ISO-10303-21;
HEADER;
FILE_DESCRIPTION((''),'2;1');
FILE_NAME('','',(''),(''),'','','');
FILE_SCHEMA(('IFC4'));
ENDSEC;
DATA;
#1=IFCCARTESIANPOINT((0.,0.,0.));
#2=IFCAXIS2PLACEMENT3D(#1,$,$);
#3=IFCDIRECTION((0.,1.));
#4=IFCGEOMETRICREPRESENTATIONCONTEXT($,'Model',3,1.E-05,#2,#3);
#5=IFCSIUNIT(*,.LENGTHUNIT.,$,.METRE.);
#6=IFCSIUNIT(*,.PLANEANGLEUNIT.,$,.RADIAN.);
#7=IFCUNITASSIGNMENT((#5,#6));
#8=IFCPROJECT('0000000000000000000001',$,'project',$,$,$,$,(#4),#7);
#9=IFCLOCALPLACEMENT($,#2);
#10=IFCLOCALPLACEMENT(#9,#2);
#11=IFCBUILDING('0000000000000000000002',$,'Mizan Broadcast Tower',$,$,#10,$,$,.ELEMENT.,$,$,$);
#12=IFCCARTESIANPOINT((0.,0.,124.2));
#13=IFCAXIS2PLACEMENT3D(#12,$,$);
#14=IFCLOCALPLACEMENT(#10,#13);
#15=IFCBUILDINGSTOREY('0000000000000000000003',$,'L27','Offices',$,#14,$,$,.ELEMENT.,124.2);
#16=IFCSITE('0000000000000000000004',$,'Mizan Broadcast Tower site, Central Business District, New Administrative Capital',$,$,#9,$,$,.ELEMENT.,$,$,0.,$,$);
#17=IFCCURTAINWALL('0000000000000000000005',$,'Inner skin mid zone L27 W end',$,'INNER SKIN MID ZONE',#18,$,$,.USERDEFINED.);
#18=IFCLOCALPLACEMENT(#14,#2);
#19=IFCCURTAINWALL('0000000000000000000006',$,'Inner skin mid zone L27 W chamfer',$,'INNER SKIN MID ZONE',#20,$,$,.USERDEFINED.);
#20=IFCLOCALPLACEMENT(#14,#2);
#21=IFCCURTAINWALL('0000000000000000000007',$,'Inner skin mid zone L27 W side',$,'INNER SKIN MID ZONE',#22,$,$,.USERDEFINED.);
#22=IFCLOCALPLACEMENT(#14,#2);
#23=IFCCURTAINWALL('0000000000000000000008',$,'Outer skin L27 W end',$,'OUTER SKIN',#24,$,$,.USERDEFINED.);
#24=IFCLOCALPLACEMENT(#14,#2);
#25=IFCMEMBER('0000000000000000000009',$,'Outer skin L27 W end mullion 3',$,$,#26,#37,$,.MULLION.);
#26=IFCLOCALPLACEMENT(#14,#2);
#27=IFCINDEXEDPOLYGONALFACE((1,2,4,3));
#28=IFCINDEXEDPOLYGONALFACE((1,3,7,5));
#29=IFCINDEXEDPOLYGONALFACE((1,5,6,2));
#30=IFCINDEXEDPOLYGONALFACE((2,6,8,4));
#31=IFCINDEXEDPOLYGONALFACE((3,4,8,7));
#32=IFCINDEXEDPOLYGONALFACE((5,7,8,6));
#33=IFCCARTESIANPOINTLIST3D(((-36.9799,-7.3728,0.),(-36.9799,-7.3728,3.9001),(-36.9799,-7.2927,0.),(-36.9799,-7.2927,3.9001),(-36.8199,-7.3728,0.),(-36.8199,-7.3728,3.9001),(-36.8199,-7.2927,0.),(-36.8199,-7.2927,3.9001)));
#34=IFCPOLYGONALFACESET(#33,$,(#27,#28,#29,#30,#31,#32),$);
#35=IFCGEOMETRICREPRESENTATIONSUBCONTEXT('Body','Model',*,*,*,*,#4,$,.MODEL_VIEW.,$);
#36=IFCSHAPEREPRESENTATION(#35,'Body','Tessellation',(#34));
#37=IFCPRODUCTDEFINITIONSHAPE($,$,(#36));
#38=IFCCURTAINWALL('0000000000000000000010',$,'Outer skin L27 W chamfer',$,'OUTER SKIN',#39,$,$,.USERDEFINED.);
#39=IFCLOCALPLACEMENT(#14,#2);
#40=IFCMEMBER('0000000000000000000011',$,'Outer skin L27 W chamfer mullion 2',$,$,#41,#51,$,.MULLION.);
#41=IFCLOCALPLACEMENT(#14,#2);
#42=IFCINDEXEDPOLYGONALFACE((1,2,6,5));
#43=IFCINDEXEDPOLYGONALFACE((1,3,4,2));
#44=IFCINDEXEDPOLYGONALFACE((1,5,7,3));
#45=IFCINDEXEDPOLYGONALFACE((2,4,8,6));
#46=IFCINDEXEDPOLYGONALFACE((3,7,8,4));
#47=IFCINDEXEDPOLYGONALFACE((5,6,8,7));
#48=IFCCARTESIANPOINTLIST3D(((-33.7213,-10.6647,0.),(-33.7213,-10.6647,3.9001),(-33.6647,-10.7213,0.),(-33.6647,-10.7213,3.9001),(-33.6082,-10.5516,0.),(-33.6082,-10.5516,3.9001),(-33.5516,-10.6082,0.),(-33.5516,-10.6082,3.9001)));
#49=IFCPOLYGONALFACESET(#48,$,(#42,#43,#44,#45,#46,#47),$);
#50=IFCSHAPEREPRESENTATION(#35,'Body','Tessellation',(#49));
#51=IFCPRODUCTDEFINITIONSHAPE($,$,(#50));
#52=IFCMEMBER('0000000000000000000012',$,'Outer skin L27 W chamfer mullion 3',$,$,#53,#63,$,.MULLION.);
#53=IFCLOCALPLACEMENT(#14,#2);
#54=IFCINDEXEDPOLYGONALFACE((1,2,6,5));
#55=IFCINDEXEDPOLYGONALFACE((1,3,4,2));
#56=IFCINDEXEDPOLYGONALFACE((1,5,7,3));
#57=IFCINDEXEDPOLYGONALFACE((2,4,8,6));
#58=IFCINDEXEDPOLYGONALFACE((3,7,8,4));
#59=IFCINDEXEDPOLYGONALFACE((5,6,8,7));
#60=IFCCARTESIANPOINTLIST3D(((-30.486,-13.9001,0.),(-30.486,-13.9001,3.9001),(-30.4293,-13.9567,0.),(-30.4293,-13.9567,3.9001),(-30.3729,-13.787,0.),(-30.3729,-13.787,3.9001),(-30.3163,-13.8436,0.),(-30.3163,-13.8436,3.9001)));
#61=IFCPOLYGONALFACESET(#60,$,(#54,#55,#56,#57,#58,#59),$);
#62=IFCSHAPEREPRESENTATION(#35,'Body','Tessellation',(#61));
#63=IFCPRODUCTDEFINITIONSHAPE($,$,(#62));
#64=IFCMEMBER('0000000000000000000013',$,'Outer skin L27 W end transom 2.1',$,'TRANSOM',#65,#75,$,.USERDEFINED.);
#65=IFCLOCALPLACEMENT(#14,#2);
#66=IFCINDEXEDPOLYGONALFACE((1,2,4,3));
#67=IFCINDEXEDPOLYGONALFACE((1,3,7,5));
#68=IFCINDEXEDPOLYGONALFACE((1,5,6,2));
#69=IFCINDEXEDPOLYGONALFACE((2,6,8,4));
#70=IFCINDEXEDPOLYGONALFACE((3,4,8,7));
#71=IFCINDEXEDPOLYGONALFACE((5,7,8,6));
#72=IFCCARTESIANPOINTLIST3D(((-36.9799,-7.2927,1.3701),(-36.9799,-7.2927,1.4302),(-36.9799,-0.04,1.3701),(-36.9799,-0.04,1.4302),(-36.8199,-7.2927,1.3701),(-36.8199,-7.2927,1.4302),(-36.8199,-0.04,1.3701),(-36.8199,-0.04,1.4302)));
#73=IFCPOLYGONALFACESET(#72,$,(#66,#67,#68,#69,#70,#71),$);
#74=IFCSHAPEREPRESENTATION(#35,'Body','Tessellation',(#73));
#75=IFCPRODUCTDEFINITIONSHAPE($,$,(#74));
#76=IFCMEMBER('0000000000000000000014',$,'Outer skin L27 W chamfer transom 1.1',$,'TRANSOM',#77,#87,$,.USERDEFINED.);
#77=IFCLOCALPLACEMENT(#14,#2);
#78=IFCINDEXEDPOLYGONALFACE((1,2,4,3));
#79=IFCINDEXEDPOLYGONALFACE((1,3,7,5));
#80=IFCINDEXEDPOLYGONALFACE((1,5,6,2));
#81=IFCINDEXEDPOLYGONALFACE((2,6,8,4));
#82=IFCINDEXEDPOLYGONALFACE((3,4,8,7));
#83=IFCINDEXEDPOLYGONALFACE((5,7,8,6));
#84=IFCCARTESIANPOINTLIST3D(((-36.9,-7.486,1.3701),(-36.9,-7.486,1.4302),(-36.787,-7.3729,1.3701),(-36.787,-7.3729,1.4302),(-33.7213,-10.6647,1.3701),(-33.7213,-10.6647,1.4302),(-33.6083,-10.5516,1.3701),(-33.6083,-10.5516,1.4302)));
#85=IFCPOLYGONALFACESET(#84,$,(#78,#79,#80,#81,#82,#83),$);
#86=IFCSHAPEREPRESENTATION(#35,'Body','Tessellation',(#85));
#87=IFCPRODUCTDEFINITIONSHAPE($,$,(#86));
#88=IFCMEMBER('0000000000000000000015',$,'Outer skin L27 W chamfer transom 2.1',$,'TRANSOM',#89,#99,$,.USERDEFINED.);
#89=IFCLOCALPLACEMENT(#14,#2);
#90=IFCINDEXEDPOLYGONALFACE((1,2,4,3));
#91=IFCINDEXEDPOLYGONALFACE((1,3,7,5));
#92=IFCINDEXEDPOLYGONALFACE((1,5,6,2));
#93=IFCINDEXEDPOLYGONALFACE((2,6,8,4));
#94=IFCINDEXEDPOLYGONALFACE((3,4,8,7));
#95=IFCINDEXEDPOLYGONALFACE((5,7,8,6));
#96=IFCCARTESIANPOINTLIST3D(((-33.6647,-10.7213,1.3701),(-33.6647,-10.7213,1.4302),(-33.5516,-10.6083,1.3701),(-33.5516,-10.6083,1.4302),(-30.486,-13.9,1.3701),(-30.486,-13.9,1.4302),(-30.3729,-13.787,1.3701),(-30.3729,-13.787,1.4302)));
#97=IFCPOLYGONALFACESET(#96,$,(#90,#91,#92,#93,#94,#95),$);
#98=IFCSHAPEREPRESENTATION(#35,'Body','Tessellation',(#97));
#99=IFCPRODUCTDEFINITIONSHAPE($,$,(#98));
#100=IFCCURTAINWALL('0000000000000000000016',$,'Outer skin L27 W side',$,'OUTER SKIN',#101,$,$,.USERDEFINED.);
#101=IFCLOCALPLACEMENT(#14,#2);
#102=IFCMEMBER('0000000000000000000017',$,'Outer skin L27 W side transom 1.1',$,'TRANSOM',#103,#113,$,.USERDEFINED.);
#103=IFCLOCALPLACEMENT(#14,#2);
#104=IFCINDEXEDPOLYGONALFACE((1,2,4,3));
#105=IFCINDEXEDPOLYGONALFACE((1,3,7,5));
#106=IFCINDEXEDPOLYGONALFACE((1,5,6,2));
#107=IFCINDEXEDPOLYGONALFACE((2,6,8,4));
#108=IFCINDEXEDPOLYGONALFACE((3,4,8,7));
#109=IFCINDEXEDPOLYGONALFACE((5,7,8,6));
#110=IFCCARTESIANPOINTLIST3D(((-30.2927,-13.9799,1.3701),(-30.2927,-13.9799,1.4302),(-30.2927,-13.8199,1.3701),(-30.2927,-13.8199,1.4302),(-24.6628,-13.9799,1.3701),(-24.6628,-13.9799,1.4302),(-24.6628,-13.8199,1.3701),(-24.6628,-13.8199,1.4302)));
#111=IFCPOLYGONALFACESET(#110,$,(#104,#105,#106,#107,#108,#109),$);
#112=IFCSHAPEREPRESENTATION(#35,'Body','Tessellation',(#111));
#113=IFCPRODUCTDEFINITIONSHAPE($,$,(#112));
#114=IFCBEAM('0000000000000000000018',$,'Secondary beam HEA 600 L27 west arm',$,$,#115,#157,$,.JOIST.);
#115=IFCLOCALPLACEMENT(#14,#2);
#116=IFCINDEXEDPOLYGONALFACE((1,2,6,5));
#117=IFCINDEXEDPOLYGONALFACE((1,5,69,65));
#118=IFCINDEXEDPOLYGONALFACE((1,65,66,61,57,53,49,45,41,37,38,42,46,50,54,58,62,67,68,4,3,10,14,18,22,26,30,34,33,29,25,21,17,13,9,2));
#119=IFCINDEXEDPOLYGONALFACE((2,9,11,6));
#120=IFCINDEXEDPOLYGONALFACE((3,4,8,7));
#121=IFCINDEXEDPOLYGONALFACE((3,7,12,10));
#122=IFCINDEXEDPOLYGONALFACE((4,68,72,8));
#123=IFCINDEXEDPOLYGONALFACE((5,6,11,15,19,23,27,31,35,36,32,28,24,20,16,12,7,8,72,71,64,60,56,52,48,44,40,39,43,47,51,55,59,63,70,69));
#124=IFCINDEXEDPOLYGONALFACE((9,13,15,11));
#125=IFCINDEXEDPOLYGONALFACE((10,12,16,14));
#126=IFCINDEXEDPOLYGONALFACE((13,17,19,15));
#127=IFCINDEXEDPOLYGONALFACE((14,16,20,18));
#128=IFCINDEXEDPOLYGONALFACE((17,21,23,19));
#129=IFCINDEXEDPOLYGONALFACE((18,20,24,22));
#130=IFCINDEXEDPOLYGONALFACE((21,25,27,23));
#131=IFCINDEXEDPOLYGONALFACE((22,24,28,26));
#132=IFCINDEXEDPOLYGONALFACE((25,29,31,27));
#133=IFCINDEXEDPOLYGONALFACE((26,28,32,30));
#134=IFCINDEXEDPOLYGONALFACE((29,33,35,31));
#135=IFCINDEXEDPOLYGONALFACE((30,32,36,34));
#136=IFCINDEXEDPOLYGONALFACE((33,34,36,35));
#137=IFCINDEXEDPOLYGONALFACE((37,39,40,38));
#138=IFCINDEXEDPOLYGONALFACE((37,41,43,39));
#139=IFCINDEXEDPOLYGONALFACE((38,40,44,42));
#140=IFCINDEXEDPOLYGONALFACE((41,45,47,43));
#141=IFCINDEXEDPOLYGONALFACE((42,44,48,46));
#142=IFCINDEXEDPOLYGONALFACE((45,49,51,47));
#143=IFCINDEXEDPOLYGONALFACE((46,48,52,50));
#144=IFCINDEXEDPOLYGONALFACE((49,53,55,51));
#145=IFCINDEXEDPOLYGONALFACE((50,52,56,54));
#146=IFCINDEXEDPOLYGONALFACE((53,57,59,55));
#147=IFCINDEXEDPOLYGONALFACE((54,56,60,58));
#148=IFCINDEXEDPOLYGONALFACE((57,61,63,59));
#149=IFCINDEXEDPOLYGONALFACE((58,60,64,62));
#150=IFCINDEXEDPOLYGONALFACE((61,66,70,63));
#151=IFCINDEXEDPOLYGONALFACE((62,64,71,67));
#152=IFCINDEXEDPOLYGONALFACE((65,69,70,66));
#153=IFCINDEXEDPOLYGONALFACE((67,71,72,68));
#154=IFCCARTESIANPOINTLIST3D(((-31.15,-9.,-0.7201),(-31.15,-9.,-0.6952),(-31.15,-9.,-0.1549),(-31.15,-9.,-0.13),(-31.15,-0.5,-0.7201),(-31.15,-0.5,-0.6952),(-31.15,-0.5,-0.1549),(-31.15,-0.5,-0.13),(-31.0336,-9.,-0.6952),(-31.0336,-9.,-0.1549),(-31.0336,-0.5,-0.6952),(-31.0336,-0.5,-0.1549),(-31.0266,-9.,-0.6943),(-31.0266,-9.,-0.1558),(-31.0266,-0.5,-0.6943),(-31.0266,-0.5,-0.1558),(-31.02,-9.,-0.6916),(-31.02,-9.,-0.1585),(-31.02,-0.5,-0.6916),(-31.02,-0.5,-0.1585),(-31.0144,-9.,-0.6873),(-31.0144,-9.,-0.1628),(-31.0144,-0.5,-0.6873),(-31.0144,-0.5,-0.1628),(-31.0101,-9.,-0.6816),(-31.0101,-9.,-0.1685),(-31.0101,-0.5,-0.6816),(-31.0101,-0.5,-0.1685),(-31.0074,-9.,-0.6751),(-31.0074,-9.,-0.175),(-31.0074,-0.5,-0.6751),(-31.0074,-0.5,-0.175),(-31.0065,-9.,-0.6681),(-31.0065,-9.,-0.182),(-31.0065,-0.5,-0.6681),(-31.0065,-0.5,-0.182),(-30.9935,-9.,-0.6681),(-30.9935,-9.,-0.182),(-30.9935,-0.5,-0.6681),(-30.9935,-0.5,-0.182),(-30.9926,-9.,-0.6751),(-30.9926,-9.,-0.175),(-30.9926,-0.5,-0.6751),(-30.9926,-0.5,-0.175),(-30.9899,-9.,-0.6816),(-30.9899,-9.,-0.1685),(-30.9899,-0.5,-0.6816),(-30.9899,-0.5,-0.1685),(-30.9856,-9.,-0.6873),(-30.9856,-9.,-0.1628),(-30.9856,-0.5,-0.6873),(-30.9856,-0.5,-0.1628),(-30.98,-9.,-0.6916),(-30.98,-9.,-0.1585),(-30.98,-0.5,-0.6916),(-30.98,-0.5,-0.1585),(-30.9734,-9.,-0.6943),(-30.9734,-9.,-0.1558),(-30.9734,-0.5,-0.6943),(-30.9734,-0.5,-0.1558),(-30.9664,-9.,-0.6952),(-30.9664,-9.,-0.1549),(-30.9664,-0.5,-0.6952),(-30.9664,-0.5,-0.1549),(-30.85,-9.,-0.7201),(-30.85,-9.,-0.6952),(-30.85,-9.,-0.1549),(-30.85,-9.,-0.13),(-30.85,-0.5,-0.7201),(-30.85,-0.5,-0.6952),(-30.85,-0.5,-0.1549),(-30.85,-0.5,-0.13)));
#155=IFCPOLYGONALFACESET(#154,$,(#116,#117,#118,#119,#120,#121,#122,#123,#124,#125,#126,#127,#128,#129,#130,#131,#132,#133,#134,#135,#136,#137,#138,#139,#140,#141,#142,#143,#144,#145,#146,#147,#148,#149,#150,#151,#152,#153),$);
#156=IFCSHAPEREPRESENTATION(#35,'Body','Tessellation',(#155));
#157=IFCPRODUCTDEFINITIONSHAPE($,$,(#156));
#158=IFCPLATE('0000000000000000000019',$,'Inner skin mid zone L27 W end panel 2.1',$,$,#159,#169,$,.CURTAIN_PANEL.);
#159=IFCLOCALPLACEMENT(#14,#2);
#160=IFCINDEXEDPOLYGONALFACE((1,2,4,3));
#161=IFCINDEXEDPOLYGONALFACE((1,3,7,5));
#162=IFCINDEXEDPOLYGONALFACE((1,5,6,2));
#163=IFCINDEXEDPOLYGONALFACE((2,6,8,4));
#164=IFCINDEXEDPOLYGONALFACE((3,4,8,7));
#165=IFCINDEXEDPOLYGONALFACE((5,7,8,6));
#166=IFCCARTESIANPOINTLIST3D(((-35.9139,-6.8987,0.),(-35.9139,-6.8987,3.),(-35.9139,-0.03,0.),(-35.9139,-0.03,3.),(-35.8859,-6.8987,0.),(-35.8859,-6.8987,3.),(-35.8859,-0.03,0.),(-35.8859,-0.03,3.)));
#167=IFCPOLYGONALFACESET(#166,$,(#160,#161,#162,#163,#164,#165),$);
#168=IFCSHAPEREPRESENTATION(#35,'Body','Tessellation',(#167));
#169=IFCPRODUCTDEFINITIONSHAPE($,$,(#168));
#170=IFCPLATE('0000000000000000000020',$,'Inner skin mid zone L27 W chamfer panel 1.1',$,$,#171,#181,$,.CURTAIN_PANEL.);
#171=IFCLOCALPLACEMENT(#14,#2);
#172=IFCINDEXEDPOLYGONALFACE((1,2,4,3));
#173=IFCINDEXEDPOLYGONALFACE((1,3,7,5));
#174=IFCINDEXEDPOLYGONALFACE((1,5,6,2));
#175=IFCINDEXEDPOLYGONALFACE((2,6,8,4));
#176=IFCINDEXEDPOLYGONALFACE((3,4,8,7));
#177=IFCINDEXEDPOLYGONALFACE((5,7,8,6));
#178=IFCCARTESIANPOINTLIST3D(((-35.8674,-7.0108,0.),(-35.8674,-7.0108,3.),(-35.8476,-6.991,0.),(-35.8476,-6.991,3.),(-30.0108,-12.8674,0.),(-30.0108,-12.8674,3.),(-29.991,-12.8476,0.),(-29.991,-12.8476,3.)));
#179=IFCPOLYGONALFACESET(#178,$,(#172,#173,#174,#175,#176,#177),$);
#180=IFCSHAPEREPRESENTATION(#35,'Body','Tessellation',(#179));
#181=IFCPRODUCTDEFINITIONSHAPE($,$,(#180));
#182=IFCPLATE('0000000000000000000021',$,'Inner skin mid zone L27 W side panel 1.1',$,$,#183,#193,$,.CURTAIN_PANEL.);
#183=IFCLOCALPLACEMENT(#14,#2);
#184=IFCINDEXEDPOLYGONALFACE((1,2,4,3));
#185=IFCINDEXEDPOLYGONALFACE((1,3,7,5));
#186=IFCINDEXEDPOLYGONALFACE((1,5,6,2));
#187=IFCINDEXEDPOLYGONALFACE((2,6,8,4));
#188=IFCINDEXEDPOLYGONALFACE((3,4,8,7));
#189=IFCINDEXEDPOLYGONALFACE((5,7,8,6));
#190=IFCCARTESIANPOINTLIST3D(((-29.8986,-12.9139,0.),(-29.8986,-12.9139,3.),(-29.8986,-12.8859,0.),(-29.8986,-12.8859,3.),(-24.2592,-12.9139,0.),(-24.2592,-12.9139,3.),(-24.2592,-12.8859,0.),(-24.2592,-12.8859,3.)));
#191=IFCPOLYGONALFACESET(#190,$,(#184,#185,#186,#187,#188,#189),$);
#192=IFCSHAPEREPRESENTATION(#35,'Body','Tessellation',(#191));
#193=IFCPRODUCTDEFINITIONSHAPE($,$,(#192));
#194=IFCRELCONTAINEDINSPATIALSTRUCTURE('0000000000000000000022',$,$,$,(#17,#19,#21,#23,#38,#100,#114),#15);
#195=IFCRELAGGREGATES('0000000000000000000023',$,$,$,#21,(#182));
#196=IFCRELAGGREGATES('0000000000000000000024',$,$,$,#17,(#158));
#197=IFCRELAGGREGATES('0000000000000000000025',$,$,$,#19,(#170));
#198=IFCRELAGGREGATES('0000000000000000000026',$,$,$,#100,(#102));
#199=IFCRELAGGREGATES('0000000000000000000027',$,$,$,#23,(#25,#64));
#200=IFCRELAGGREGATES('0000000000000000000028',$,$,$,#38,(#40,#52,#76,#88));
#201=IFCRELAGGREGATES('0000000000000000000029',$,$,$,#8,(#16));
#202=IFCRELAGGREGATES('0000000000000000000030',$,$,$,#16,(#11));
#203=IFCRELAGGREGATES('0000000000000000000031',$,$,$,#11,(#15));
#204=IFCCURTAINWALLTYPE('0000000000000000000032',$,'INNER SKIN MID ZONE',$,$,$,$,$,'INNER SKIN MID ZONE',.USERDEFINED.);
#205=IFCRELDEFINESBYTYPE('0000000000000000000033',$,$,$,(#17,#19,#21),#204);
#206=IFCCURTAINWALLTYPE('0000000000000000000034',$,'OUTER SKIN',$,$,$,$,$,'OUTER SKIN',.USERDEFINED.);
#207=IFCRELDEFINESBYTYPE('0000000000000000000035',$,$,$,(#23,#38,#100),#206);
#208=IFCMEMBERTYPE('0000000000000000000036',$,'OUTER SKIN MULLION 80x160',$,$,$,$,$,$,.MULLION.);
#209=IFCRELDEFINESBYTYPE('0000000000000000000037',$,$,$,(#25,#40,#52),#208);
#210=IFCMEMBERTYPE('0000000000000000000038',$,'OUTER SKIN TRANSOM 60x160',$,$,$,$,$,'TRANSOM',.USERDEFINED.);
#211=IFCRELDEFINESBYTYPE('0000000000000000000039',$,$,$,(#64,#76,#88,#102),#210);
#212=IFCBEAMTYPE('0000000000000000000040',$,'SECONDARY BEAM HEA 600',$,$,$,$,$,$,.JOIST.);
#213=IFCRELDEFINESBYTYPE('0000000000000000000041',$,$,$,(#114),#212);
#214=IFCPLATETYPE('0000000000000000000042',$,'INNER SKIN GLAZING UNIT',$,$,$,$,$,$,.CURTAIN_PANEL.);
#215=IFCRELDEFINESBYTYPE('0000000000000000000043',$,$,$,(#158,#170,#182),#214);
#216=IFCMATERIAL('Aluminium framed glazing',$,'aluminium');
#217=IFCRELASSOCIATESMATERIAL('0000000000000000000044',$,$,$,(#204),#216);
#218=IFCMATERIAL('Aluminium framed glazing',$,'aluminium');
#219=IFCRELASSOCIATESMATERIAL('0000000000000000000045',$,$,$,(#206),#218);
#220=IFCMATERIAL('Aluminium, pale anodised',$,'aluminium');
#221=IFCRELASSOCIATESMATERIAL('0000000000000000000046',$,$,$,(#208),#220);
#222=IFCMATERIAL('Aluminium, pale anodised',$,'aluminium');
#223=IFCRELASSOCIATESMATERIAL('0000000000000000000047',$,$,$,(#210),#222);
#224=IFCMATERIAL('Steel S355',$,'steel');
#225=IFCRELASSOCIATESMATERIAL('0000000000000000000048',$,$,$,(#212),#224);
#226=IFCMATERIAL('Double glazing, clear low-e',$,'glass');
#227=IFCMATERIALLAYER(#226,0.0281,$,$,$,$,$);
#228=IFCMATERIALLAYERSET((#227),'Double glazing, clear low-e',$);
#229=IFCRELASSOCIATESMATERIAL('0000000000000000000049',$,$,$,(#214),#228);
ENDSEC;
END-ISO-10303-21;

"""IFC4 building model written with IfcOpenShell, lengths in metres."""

from ifc_helpers import new_model, si_unit, direction, frame, origin, origin_2d, place, context, subcontext, project, spatial, rectangle, i_section, extrude, material, layer, layer_set, material_profile, profile_set, type_object, element, aggregate, save


model = new_model("IFC4")

# Units and contexts
model_context = context("Model", 3, precision=1e-05, world=origin(), true_north=direction((0.0, 1.0)))
body_context = subcontext(model_context, "Body", "Model", "MODEL_VIEW")
ifc_project = project(units=[si_unit("LENGTHUNIT", "METRE"), si_unit("PLANEANGLEUNIT", "RADIAN")], contexts=[model_context])

# Site, building, storey
site_placement = place(None, origin())
site = spatial("IfcSite", under=ifc_project, at=site_placement, Name="Mizan Broadcast Tower site, Central Business District, New Administrative Capital", CompositionType="ELEMENT", RefElevation=0.0)
building_placement = place(site_placement, origin())
building = spatial("IfcBuilding", under=site, at=building_placement, Name="Mizan Broadcast Tower", CompositionType="ELEMENT")
storey_placement = place(building_placement, frame((0.0, 0.0, 124.2)))
storey = spatial("IfcBuildingStorey", under=building, at=storey_placement, Name="L27", Description="Offices", CompositionType="ELEMENT", Elevation=124.2)

# Curtain wall
ifc_material_1 = material(Name="Aluminium framed glazing", Category="aluminium")
curtain_wall_type_1 = type_object("IfcCurtainWallType", Name="INNER SKIN MID ZONE", ElementType="INNER SKIN MID ZONE", PredefinedType="USERDEFINED", material=ifc_material_1)
curtain_wall_1_placement = place(storey_placement, origin())
curtain_wall_1 = element("IfcCurtainWall", 1, at=curtain_wall_1_placement, inside=storey, type_object=curtain_wall_type_1, Name="Inner skin mid zone L27 W end", ObjectType="INNER SKIN MID ZONE", PredefinedType="USERDEFINED")

# Curtain wall
curtain_wall_2_placement = place(storey_placement, origin())
curtain_wall_2 = element("IfcCurtainWall", 2, at=curtain_wall_2_placement, inside=storey, type_object=curtain_wall_type_1, Name="Inner skin mid zone L27 W chamfer", ObjectType="INNER SKIN MID ZONE", PredefinedType="USERDEFINED")

# Curtain wall
curtain_wall_3_placement = place(storey_placement, origin())
curtain_wall_3 = element("IfcCurtainWall", 3, at=curtain_wall_3_placement, inside=storey, type_object=curtain_wall_type_1, Name="Inner skin mid zone L27 W side", ObjectType="INNER SKIN MID ZONE", PredefinedType="USERDEFINED")

# Curtain walls, members
ifc_material_2 = material(Name="Aluminium framed glazing", Category="aluminium")
curtain_wall_type_2 = type_object("IfcCurtainWallType", Name="OUTER SKIN", ElementType="OUTER SKIN", PredefinedType="USERDEFINED", material=ifc_material_2)
curtain_wall_4_placement = place(storey_placement, origin())
curtain_wall_4 = element("IfcCurtainWall", 4, at=curtain_wall_4_placement, inside=storey, type_object=curtain_wall_type_2, Name="Outer skin L27 W end", ObjectType="OUTER SKIN", PredefinedType="USERDEFINED")
ifc_material_3 = material(Name="Aluminium, pale anodised", Category="aluminium")
ifc_material_profile_1 = material_profile(ifc_material_3, rectangle(XDim=0.1599, YDim=0.0801, at=origin_2d()), Name="MULLION 160x80")
ifc_profile_set_1 = profile_set([ifc_material_profile_1], Name="Aluminium, pale anodised")
member_type_1 = type_object("IfcMemberType", Name="OUTER SKIN MULLION 80x160", PredefinedType="MULLION", material=ifc_profile_set_1)
member_1_placement = place(storey_placement, frame((-36.8999, -7.3328, 0.0), z_axis=(0.0, 0.0, 1.0), x_axis=(1.0, 0.0, 0.0)))
member_1 = element("IfcMember", 5, at=member_1_placement, type_object=member_type_1, Name="Outer skin L27 W end mullion 3", PredefinedType="MULLION", context=body_context, shape_type="SweptSolid", body=[
    extrude(rectangle(XDim=0.1599, YDim=0.0801, at=origin_2d()), origin(), (0.0, 0.0, 1.0), 3.9001),
])
curtain_wall_5_placement = place(storey_placement, origin())
curtain_wall_5 = element("IfcCurtainWall", 6, at=curtain_wall_5_placement, inside=storey, type_object=curtain_wall_type_2, Name="Outer skin L27 W chamfer", ObjectType="OUTER SKIN", PredefinedType="USERDEFINED")
member_2_placement = place(storey_placement, frame((-33.6365, -10.6365, 0.0), z_axis=(0.0, 0.0, 1.0), x_axis=(0.707107, 0.707107, 0.0)))
member_2 = element("IfcMember", 7, at=member_2_placement, type_object=member_type_1, Name="Outer skin L27 W chamfer mullion 2", PredefinedType="MULLION", context=body_context, shape_type="SweptSolid", body=[
    extrude(rectangle(XDim=0.1599, YDim=0.0801, at=origin_2d()), origin(), (0.0, 0.0, 1.0), 3.9001),
])
member_3_placement = place(storey_placement, frame((-30.4011, -13.8718, 0.0), z_axis=(0.0, 0.0, 1.0), x_axis=(0.707107, 0.707107, 0.0)))
member_3 = element("IfcMember", 8, at=member_3_placement, type_object=member_type_1, Name="Outer skin L27 W chamfer mullion 3", PredefinedType="MULLION", context=body_context, shape_type="SweptSolid", body=[
    extrude(rectangle(XDim=0.1599, YDim=0.0801, at=origin_2d()), origin(), (0.0, 0.0, 1.0), 3.9001),
])

# Members
ifc_material_4 = material(Name="Aluminium, pale anodised", Category="aluminium")
ifc_material_profile_2 = material_profile(ifc_material_4, rectangle(XDim=0.1599, YDim=0.0601, at=origin_2d()), Name="TRANSOM 160x60")
ifc_profile_set_2 = profile_set([ifc_material_profile_2], Name="Aluminium, pale anodised")
member_type_2 = type_object("IfcMemberType", Name="OUTER SKIN TRANSOM 60x160", ElementType="TRANSOM", PredefinedType="USERDEFINED", material=ifc_profile_set_2)
member_4_placement = place(storey_placement, frame((-36.8999, -0.04, 1.4001), z_axis=(0.0, -1.0, 0.0), x_axis=(1.0, 0.0, 0.0)))
member_4 = element("IfcMember", 9, at=member_4_placement, type_object=member_type_2, Name="Outer skin L27 W end transom 2.1", ObjectType="TRANSOM", PredefinedType="USERDEFINED", context=body_context, shape_type="SweptSolid", body=[
    extrude(rectangle(XDim=0.1599, YDim=0.0601, at=origin_2d()), origin(), (0.0, 0.0, 1.0), 7.2527),
])
member_5_placement = place(storey_placement, frame((-36.8435, -7.4294, 1.4001), z_axis=(0.707107, -0.707107, 0.0), x_axis=(0.707107, 0.707107, 0.0)))
member_5 = element("IfcMember", 10, at=member_5_placement, type_object=member_type_2, Name="Outer skin L27 W chamfer transom 1.1", ObjectType="TRANSOM", PredefinedType="USERDEFINED", context=body_context, shape_type="SweptSolid", body=[
    extrude(rectangle(XDim=0.1599, YDim=0.0601, at=origin_2d()), origin(), (0.0, 0.0, 1.0), 4.4954),
])
member_6_placement = place(storey_placement, frame((-33.6082, -10.6648, 1.4001), z_axis=(0.707107, -0.707107, 0.0), x_axis=(0.707107, 0.707107, 0.0)))
member_6 = element("IfcMember", 11, at=member_6_placement, type_object=member_type_2, Name="Outer skin L27 W chamfer transom 2.1", ObjectType="TRANSOM", PredefinedType="USERDEFINED", context=body_context, shape_type="SweptSolid", body=[
    extrude(rectangle(XDim=0.1599, YDim=0.0601, at=origin_2d()), origin(), (0.0, 0.0, 1.0), 4.4954),
])

# Curtain wall, member
curtain_wall_6_placement = place(storey_placement, origin())
curtain_wall_6 = element("IfcCurtainWall", 12, at=curtain_wall_6_placement, inside=storey, type_object=curtain_wall_type_2, Name="Outer skin L27 W side", ObjectType="OUTER SKIN", PredefinedType="USERDEFINED")
member_7_placement = place(storey_placement, frame((-30.2927, -13.8999, 1.4001), z_axis=(1.0, 0.0, 0.0), x_axis=(0.0, 1.0, 0.0)))
member_7 = element("IfcMember", 13, at=member_7_placement, type_object=member_type_2, Name="Outer skin L27 W side transom 1.1", ObjectType="TRANSOM", PredefinedType="USERDEFINED", context=body_context, shape_type="SweptSolid", body=[
    extrude(rectangle(XDim=0.1599, YDim=0.0601, at=origin_2d()), origin(), (0.0, 0.0, 1.0), 5.6299),
])

# Beam
ifc_material_5 = material(Name="Steel S355", Category="steel")
ifc_material_profile_3 = material_profile(ifc_material_5, i_section(OverallWidth=0.3, OverallDepth=0.5901, WebThickness=0.0129, FlangeThickness=0.0249, FilletRadius=0.0271, at=origin_2d()), Name="HEA 600")
ifc_profile_set_3 = profile_set([ifc_material_profile_3], Name="Steel S355")
beam_type_1 = type_object("IfcBeamType", Name="SECONDARY BEAM HEA 600", PredefinedType="JOIST", material=ifc_profile_set_3)
beam_1_placement = place(storey_placement, frame((-31.0, -9.0, -0.425), z_axis=(0.0, 1.0, 0.0), x_axis=(-1.0, 0.0, 0.0)))
element("IfcBeam", 14, at=beam_1_placement, inside=storey, type_object=beam_type_1, Name="Secondary beam HEA 600 L27 west arm", PredefinedType="JOIST", context=body_context, shape_type="SweptSolid", body=[
    extrude(i_section(OverallWidth=0.3, OverallDepth=0.5901, WebThickness=0.0129, FlangeThickness=0.0249, FilletRadius=0.0271, at=origin_2d()), origin(), (0.0, 0.0, 1.0), 8.5),
])

# Plates
ifc_material_6 = material(Name="Double glazing, clear low-e", Category="glass")
ifc_layer_1 = layer(ifc_material_6, 0.0281)
ifc_layer_set_1 = layer_set([ifc_layer_1], Name="Double glazing, clear low-e")
plate_type_1 = type_object("IfcPlateType", Name="INNER SKIN GLAZING UNIT", PredefinedType="CURTAIN_PANEL", material=ifc_layer_set_1)
plate_1_placement = place(storey_placement, frame((-35.8999, -3.4644, 0.0), z_axis=(0.0, 0.0, 1.0), x_axis=(0.0, -1.0, 0.0)))
plate_1 = element("IfcPlate", 15, at=plate_1_placement, type_object=plate_type_1, Name="Inner skin mid zone L27 W end panel 2.1", PredefinedType="CURTAIN_PANEL", context=body_context, shape_type="SweptSolid", body=[
    extrude(rectangle(XDim=6.8687, YDim=0.0281, at=origin_2d()), origin(), (0.0, 0.0, 1.0), 3.0),
])
plate_2_placement = place(storey_placement, frame((-32.9292, -9.9292, 0.0), z_axis=(0.0, 0.0, 1.0), x_axis=(0.707107, -0.707107, 0.0)))
plate_2 = element("IfcPlate", 16, at=plate_2_placement, type_object=plate_type_1, Name="Inner skin mid zone L27 W chamfer panel 1.1", PredefinedType="CURTAIN_PANEL", context=body_context, shape_type="SweptSolid", body=[
    extrude(rectangle(XDim=8.2825, YDim=0.0281, at=origin_2d()), origin(), (0.0, 0.0, 1.0), 3.0),
])
plate_3_placement = place(storey_placement, frame((-27.0789, -12.8999, 0.0), z_axis=(0.0, 0.0, 1.0), x_axis=(1.0, 0.0, 0.0)))
plate_3 = element("IfcPlate", 17, at=plate_3_placement, type_object=plate_type_1, Name="Inner skin mid zone L27 W side panel 1.1", PredefinedType="CURTAIN_PANEL", context=body_context, shape_type="SweptSolid", body=[
    extrude(rectangle(XDim=5.6394, YDim=0.0281, at=origin_2d()), origin(), (0.0, 0.0, 1.0), 3.0),
])
aggregate(curtain_wall_3, [plate_3])
aggregate(curtain_wall_1, [plate_1])
aggregate(curtain_wall_2, [plate_2])
aggregate(curtain_wall_6, [member_7])
aggregate(curtain_wall_4, [member_1, member_4])
aggregate(curtain_wall_5, [member_2, member_3, member_5, member_6])

save(model, "model.ifc")
